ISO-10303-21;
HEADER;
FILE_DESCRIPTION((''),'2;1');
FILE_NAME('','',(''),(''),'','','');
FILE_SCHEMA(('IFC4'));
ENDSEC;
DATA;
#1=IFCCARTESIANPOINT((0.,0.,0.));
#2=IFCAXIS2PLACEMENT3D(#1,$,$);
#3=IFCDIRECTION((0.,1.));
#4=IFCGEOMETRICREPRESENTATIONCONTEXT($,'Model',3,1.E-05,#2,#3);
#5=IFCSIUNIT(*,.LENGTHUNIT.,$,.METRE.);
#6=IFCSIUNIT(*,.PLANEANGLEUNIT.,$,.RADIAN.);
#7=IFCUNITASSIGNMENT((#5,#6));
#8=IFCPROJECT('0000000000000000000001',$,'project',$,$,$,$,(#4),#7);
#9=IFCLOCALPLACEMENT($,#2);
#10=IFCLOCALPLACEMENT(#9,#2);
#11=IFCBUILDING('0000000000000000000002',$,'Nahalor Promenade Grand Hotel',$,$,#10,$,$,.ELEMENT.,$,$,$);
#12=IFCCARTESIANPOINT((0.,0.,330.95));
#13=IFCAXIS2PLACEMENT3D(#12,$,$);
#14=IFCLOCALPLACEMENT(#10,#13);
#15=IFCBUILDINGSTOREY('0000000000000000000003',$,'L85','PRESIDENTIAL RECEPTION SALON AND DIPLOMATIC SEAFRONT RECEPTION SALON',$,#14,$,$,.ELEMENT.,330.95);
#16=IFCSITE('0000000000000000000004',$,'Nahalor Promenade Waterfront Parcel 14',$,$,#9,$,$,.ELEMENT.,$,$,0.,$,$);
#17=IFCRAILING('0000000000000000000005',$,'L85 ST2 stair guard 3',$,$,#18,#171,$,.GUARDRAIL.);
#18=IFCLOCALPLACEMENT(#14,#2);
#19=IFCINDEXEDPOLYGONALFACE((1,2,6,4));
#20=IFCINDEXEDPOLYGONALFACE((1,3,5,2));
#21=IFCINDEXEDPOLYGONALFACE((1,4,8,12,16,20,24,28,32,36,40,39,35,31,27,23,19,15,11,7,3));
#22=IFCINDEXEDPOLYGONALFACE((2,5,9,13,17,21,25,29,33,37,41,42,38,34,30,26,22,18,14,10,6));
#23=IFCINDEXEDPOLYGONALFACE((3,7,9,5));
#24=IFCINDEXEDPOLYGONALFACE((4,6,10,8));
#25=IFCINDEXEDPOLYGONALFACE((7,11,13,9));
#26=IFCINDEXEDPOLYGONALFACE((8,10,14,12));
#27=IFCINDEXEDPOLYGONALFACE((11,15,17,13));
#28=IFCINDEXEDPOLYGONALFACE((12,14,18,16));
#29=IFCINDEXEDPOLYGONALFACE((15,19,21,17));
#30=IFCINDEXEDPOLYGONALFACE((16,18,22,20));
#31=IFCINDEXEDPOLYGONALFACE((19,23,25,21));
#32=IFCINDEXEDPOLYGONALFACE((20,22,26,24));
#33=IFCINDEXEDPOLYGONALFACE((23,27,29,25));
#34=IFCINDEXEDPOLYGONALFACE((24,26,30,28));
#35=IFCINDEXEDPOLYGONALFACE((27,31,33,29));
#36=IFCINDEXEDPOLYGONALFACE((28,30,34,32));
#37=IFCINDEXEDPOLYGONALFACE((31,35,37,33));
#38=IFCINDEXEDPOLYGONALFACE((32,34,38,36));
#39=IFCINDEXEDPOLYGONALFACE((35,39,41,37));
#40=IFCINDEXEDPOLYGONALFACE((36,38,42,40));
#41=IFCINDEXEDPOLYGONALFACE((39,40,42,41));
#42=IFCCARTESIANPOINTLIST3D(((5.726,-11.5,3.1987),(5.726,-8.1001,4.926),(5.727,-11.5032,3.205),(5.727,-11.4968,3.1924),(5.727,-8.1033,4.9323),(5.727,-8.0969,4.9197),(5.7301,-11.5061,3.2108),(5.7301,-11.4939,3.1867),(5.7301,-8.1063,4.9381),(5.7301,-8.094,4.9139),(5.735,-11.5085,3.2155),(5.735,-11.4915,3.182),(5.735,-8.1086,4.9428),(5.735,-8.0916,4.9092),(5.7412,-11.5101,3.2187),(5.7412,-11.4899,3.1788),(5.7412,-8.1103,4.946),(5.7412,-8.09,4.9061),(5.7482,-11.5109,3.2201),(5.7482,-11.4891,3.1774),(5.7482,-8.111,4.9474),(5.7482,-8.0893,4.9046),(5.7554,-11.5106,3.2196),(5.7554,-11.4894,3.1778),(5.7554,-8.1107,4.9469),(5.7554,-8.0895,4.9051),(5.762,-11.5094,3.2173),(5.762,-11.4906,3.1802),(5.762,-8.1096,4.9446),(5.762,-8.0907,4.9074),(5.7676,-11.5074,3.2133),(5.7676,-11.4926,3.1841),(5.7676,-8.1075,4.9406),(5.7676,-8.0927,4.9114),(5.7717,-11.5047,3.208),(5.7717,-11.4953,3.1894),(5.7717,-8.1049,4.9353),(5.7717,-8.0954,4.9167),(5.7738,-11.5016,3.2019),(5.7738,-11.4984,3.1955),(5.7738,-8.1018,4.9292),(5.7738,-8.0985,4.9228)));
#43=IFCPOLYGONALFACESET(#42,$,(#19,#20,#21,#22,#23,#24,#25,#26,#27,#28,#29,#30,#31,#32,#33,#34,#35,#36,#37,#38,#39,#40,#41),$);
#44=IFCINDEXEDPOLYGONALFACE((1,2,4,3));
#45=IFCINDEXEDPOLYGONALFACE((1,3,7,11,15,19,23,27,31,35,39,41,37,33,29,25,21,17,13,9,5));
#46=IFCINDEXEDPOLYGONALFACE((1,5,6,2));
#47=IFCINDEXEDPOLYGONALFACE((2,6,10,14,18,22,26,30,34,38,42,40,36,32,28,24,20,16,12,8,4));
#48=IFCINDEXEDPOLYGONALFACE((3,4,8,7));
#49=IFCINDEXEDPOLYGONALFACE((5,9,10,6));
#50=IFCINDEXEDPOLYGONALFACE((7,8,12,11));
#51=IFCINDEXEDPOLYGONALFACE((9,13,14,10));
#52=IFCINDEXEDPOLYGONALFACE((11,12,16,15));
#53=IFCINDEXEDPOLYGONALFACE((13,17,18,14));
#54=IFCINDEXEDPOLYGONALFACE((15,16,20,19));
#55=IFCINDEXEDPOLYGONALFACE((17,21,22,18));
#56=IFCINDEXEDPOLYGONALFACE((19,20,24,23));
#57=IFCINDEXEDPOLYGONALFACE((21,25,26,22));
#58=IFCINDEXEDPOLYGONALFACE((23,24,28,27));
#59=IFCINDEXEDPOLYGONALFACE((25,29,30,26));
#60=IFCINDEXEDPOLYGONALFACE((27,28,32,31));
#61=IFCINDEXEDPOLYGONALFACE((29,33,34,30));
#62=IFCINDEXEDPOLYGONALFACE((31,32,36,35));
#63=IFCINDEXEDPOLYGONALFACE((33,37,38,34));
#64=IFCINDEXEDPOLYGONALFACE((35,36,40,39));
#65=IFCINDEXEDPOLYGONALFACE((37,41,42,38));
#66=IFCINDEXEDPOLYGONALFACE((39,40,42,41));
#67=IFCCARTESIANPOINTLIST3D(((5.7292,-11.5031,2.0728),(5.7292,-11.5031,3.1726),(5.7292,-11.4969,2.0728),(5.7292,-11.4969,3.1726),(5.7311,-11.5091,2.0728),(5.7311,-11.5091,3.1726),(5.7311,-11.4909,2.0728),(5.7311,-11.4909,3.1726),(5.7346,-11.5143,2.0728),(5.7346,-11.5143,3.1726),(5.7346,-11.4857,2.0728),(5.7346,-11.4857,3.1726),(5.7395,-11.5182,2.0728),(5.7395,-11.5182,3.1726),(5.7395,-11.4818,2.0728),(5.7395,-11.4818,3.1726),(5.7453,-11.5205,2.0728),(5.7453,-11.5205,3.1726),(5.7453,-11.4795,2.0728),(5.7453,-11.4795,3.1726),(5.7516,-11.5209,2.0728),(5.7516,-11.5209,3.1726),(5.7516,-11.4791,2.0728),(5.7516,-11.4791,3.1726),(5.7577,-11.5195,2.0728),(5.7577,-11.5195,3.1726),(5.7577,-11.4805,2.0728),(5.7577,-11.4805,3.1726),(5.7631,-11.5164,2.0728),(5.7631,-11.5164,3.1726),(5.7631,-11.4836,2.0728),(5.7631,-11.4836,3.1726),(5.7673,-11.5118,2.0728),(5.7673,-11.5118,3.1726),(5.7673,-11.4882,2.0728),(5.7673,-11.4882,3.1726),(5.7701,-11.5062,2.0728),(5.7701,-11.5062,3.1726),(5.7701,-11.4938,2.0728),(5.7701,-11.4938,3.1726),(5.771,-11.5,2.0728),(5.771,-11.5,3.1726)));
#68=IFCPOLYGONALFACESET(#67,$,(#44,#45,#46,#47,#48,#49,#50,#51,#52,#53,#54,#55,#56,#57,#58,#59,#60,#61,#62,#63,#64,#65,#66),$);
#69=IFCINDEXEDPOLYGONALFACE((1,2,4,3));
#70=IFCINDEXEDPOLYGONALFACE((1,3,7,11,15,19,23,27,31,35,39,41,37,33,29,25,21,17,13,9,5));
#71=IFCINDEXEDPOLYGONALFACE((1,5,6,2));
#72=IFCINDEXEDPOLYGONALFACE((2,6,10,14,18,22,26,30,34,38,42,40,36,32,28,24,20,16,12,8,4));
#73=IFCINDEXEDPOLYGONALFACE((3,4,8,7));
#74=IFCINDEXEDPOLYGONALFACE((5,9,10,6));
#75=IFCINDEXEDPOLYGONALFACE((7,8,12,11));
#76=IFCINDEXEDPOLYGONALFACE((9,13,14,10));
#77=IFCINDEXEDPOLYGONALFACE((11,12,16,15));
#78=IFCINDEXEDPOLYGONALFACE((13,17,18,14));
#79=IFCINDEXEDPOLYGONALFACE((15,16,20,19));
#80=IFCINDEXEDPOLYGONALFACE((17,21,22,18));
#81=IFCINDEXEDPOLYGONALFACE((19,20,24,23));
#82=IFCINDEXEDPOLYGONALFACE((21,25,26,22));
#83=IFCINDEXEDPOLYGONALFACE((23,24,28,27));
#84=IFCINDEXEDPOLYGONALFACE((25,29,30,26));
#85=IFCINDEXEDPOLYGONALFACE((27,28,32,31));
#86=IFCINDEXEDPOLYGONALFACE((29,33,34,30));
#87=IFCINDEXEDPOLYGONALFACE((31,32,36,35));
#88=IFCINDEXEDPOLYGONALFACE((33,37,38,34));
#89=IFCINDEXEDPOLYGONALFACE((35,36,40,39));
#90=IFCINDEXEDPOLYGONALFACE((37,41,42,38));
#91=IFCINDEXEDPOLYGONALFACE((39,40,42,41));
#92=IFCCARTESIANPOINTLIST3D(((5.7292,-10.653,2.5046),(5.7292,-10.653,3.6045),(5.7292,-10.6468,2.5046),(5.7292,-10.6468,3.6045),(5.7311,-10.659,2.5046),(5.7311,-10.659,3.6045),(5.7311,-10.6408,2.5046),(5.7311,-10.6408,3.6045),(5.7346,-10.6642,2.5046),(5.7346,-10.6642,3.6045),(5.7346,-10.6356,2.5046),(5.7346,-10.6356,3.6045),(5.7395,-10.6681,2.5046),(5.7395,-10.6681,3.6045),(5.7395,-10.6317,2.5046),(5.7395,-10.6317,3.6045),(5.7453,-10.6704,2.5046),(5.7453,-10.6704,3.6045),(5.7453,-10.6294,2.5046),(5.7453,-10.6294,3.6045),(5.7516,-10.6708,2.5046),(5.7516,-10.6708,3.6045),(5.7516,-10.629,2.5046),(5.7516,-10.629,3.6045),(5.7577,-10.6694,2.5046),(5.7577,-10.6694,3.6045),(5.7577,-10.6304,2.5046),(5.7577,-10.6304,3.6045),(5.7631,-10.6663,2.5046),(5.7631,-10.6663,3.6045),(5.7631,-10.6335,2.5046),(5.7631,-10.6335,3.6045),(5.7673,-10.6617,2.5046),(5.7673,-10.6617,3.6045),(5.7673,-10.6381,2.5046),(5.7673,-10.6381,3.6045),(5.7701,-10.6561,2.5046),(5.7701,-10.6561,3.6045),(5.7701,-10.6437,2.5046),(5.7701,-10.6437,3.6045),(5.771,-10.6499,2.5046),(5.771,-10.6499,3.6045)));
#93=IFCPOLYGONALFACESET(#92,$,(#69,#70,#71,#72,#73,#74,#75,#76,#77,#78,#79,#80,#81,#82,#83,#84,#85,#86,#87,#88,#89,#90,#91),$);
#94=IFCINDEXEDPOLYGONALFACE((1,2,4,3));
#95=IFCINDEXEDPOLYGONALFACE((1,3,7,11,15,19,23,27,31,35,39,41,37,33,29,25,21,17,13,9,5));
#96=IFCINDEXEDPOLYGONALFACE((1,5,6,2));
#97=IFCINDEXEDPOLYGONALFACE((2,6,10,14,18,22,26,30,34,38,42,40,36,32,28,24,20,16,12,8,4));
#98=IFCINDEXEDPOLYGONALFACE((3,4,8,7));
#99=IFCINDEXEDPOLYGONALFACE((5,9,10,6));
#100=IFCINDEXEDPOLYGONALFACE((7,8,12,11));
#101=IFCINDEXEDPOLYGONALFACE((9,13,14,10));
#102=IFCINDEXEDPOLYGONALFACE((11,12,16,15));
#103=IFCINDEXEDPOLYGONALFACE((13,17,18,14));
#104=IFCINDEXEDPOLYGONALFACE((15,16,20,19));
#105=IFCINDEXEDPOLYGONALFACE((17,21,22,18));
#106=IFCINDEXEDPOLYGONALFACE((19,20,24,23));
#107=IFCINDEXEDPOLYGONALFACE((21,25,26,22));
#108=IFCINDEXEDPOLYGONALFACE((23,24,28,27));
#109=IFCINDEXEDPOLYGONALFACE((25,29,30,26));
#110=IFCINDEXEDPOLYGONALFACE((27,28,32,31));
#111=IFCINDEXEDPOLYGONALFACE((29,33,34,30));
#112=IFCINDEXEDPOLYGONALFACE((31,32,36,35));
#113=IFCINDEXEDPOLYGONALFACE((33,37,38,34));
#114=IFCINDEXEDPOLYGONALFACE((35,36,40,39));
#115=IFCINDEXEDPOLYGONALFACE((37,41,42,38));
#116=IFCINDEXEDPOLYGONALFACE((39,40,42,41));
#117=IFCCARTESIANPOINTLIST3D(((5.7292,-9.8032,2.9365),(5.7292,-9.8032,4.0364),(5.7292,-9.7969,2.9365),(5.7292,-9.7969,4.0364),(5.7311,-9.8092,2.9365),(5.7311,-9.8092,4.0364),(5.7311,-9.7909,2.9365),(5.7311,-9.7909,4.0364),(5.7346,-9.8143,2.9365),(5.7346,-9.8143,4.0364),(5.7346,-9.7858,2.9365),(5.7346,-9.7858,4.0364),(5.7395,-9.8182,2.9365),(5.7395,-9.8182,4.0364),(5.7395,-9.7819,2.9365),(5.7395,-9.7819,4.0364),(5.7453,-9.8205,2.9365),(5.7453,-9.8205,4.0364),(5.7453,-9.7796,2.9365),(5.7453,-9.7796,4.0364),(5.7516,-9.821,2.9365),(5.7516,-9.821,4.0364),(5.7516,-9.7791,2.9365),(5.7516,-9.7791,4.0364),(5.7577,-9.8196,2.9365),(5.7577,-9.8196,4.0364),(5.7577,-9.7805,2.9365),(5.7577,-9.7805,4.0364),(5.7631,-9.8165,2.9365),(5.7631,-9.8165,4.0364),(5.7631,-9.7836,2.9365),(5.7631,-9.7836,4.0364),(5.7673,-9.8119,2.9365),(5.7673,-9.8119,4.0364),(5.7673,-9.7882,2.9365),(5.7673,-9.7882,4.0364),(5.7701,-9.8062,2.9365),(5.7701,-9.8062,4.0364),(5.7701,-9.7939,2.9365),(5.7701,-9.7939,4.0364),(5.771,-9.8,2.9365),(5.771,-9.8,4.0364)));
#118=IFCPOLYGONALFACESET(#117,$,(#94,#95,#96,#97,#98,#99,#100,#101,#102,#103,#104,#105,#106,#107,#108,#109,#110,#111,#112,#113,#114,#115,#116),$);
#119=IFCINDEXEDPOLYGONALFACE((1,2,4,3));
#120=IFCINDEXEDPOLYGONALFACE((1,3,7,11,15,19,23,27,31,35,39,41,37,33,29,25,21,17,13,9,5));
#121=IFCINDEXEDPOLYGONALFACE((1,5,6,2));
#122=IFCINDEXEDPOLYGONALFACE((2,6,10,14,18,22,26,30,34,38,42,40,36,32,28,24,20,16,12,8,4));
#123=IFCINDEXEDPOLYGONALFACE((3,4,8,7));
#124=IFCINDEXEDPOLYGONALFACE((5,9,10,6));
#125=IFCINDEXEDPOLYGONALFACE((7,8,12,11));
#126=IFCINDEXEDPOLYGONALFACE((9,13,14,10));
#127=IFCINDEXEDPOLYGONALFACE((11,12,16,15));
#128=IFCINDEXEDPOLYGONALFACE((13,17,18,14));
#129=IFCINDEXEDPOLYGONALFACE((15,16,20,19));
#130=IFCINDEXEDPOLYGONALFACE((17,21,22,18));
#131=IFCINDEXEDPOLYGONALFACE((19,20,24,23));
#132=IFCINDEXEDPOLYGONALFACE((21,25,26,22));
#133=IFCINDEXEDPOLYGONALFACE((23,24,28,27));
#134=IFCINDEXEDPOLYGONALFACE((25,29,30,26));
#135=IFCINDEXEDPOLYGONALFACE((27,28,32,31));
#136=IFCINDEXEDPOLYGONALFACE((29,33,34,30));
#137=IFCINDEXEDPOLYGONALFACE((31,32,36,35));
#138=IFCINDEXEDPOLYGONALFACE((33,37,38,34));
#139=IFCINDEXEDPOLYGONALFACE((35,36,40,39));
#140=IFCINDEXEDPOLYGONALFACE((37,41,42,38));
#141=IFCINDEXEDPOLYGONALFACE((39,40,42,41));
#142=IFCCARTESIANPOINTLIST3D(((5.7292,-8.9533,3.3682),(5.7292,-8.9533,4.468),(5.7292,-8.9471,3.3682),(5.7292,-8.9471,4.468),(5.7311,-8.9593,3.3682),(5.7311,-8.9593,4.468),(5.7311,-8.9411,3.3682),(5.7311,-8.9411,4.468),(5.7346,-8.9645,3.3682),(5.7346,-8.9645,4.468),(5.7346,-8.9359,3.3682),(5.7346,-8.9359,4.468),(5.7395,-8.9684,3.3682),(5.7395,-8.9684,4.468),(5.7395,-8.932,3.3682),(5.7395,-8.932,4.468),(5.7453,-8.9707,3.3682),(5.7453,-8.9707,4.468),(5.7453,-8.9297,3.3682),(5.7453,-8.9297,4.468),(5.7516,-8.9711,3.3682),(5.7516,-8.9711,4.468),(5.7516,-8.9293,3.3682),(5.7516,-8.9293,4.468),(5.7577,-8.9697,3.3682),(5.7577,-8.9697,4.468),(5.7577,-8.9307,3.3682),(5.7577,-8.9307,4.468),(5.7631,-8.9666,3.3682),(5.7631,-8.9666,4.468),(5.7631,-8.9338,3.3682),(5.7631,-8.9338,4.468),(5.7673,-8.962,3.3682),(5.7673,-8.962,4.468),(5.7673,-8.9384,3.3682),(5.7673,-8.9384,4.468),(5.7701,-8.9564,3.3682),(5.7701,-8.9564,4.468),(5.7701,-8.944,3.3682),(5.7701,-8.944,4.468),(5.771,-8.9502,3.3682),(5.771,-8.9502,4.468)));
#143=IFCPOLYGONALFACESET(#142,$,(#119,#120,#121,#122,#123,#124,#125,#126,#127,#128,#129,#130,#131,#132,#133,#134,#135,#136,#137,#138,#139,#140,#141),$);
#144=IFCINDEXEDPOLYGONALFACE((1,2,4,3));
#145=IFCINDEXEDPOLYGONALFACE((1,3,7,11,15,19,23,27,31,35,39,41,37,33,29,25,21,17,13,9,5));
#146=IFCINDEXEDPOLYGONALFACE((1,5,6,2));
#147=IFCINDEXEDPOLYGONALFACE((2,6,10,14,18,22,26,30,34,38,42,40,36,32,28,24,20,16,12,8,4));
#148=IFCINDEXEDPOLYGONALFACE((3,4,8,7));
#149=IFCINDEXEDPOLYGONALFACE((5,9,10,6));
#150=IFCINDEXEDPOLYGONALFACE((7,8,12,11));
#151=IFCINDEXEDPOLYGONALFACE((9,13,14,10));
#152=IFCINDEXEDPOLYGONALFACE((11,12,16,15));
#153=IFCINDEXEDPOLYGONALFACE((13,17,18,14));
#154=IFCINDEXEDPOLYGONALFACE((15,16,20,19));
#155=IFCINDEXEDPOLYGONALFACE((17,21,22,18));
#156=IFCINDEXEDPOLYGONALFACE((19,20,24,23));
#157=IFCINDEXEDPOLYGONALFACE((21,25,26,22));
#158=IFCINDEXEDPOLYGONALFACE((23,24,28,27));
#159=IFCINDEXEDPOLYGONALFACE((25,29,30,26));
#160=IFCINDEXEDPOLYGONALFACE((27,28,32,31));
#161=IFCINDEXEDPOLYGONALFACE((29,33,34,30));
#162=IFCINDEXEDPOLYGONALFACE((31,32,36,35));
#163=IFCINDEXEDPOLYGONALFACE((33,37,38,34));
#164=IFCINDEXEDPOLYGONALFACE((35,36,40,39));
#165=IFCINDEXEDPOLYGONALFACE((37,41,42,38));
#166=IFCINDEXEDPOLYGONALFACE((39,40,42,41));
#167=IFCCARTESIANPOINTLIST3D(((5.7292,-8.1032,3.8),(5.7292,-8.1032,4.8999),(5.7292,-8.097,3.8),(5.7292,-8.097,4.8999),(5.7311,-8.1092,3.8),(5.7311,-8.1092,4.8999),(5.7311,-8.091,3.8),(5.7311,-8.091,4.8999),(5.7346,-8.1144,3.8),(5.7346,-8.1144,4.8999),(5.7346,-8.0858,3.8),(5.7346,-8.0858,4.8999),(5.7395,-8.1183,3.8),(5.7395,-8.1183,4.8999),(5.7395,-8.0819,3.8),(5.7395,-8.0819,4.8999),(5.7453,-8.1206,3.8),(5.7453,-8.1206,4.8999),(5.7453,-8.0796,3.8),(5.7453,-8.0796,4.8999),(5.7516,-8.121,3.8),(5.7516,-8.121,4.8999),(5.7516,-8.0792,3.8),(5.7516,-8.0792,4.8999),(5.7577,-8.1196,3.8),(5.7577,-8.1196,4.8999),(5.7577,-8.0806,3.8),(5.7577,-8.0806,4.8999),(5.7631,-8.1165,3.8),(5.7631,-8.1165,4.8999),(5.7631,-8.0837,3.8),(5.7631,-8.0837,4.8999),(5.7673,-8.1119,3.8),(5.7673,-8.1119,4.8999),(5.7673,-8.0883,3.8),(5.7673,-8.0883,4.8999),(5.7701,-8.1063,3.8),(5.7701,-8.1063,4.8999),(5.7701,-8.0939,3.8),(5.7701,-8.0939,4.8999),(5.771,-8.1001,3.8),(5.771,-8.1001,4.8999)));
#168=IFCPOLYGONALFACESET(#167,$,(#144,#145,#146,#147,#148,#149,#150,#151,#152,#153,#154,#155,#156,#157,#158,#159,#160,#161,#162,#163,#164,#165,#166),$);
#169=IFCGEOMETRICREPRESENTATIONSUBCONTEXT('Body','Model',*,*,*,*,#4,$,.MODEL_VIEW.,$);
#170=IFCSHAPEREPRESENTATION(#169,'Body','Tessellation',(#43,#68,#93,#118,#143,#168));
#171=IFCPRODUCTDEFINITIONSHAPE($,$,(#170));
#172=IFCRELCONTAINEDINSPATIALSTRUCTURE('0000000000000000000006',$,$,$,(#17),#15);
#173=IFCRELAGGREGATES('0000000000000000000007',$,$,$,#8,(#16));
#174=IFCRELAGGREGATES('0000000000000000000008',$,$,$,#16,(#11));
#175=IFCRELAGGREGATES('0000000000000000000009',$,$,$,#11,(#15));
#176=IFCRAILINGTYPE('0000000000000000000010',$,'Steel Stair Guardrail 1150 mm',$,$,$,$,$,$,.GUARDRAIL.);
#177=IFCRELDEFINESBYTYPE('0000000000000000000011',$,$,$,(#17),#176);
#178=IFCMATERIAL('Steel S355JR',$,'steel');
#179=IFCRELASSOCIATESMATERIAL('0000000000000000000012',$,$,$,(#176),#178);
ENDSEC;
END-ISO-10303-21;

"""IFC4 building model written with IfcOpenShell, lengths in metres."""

from ifc_helpers import new_model, si_unit, direction, frame, origin, origin_2d, place, context, subcontext, project, spatial, circle, extrude, material, type_object, element, save


model = new_model("IFC4")

# Units and contexts
model_context = context("Model", 3, precision=1e-05, world=origin(), true_north=direction((0.0, 1.0)))
body_context = subcontext(model_context, "Body", "Model", "MODEL_VIEW")
ifc_project = project(units=[si_unit("LENGTHUNIT", "METRE"), si_unit("PLANEANGLEUNIT", "RADIAN")], contexts=[model_context])

# Site, building, storey
site_placement = place(None, origin())
site = spatial("IfcSite", under=ifc_project, at=site_placement, Name="Nahalor Promenade Waterfront Parcel 14", CompositionType="ELEMENT", RefElevation=0.0)
building_placement = place(site_placement, origin())
building = spatial("IfcBuilding", under=site, at=building_placement, Name="Nahalor Promenade Grand Hotel", CompositionType="ELEMENT")
storey_placement = place(building_placement, frame((0.0, 0.0, 330.95)))
storey = spatial("IfcBuildingStorey", under=building, at=storey_placement, Name="L85", Description="PRESIDENTIAL RECEPTION SALON AND DIPLOMATIC SEAFRONT RECEPTION SALON", CompositionType="ELEMENT", Elevation=330.95)

# Shared definitions
ifc_material_1 = material(Name="Steel S355JR", Category="steel")

# Railing
railing_type_1 = type_object("IfcRailingType", Name="Steel Stair Guardrail 1150 mm", PredefinedType="GUARDRAIL", material=ifc_material_1)
railing_1_placement = place(storey_placement, frame((5.75, -11.5, 2.0728)))
element("IfcRailing", 1, at=railing_1_placement, inside=storey, type_object=railing_type_1, Name="L85 ST2 stair guard 3", PredefinedType="GUARDRAIL", context=body_context, shape_type="SweptSolid", body=[
    extrude(circle(Radius=0.024, at=origin_2d()), frame((0.0, 0.0, 1.126), z_axis=(0.0, 0.891541, 0.452941), x_axis=(-1.0, 0.0, 0.0)), (0.0, 0.0, 1.0), 3.8135),
    extrude(circle(Radius=0.021, at=origin_2d()), origin(), (0.0, 0.0, 1.0), 1.0999),
    extrude(circle(Radius=0.021, at=origin_2d()), frame((0.0, 0.8501, 0.4319)), (0.0, 0.0, 1.0), 1.0999),
    extrude(circle(Radius=0.021, at=origin_2d()), frame((0.0, 1.7, 0.8638)), (0.0, 0.0, 1.0), 1.0999),
    extrude(circle(Radius=0.021, at=origin_2d()), frame((0.0, 2.5498, 1.2954)), (0.0, 0.0, 1.0), 1.0999),
    extrude(circle(Radius=0.021, at=origin_2d()), frame((0.0, 3.3999, 1.7273)), (0.0, 0.0, 1.0), 1.0999),
])

save(model, "model.ifc")
